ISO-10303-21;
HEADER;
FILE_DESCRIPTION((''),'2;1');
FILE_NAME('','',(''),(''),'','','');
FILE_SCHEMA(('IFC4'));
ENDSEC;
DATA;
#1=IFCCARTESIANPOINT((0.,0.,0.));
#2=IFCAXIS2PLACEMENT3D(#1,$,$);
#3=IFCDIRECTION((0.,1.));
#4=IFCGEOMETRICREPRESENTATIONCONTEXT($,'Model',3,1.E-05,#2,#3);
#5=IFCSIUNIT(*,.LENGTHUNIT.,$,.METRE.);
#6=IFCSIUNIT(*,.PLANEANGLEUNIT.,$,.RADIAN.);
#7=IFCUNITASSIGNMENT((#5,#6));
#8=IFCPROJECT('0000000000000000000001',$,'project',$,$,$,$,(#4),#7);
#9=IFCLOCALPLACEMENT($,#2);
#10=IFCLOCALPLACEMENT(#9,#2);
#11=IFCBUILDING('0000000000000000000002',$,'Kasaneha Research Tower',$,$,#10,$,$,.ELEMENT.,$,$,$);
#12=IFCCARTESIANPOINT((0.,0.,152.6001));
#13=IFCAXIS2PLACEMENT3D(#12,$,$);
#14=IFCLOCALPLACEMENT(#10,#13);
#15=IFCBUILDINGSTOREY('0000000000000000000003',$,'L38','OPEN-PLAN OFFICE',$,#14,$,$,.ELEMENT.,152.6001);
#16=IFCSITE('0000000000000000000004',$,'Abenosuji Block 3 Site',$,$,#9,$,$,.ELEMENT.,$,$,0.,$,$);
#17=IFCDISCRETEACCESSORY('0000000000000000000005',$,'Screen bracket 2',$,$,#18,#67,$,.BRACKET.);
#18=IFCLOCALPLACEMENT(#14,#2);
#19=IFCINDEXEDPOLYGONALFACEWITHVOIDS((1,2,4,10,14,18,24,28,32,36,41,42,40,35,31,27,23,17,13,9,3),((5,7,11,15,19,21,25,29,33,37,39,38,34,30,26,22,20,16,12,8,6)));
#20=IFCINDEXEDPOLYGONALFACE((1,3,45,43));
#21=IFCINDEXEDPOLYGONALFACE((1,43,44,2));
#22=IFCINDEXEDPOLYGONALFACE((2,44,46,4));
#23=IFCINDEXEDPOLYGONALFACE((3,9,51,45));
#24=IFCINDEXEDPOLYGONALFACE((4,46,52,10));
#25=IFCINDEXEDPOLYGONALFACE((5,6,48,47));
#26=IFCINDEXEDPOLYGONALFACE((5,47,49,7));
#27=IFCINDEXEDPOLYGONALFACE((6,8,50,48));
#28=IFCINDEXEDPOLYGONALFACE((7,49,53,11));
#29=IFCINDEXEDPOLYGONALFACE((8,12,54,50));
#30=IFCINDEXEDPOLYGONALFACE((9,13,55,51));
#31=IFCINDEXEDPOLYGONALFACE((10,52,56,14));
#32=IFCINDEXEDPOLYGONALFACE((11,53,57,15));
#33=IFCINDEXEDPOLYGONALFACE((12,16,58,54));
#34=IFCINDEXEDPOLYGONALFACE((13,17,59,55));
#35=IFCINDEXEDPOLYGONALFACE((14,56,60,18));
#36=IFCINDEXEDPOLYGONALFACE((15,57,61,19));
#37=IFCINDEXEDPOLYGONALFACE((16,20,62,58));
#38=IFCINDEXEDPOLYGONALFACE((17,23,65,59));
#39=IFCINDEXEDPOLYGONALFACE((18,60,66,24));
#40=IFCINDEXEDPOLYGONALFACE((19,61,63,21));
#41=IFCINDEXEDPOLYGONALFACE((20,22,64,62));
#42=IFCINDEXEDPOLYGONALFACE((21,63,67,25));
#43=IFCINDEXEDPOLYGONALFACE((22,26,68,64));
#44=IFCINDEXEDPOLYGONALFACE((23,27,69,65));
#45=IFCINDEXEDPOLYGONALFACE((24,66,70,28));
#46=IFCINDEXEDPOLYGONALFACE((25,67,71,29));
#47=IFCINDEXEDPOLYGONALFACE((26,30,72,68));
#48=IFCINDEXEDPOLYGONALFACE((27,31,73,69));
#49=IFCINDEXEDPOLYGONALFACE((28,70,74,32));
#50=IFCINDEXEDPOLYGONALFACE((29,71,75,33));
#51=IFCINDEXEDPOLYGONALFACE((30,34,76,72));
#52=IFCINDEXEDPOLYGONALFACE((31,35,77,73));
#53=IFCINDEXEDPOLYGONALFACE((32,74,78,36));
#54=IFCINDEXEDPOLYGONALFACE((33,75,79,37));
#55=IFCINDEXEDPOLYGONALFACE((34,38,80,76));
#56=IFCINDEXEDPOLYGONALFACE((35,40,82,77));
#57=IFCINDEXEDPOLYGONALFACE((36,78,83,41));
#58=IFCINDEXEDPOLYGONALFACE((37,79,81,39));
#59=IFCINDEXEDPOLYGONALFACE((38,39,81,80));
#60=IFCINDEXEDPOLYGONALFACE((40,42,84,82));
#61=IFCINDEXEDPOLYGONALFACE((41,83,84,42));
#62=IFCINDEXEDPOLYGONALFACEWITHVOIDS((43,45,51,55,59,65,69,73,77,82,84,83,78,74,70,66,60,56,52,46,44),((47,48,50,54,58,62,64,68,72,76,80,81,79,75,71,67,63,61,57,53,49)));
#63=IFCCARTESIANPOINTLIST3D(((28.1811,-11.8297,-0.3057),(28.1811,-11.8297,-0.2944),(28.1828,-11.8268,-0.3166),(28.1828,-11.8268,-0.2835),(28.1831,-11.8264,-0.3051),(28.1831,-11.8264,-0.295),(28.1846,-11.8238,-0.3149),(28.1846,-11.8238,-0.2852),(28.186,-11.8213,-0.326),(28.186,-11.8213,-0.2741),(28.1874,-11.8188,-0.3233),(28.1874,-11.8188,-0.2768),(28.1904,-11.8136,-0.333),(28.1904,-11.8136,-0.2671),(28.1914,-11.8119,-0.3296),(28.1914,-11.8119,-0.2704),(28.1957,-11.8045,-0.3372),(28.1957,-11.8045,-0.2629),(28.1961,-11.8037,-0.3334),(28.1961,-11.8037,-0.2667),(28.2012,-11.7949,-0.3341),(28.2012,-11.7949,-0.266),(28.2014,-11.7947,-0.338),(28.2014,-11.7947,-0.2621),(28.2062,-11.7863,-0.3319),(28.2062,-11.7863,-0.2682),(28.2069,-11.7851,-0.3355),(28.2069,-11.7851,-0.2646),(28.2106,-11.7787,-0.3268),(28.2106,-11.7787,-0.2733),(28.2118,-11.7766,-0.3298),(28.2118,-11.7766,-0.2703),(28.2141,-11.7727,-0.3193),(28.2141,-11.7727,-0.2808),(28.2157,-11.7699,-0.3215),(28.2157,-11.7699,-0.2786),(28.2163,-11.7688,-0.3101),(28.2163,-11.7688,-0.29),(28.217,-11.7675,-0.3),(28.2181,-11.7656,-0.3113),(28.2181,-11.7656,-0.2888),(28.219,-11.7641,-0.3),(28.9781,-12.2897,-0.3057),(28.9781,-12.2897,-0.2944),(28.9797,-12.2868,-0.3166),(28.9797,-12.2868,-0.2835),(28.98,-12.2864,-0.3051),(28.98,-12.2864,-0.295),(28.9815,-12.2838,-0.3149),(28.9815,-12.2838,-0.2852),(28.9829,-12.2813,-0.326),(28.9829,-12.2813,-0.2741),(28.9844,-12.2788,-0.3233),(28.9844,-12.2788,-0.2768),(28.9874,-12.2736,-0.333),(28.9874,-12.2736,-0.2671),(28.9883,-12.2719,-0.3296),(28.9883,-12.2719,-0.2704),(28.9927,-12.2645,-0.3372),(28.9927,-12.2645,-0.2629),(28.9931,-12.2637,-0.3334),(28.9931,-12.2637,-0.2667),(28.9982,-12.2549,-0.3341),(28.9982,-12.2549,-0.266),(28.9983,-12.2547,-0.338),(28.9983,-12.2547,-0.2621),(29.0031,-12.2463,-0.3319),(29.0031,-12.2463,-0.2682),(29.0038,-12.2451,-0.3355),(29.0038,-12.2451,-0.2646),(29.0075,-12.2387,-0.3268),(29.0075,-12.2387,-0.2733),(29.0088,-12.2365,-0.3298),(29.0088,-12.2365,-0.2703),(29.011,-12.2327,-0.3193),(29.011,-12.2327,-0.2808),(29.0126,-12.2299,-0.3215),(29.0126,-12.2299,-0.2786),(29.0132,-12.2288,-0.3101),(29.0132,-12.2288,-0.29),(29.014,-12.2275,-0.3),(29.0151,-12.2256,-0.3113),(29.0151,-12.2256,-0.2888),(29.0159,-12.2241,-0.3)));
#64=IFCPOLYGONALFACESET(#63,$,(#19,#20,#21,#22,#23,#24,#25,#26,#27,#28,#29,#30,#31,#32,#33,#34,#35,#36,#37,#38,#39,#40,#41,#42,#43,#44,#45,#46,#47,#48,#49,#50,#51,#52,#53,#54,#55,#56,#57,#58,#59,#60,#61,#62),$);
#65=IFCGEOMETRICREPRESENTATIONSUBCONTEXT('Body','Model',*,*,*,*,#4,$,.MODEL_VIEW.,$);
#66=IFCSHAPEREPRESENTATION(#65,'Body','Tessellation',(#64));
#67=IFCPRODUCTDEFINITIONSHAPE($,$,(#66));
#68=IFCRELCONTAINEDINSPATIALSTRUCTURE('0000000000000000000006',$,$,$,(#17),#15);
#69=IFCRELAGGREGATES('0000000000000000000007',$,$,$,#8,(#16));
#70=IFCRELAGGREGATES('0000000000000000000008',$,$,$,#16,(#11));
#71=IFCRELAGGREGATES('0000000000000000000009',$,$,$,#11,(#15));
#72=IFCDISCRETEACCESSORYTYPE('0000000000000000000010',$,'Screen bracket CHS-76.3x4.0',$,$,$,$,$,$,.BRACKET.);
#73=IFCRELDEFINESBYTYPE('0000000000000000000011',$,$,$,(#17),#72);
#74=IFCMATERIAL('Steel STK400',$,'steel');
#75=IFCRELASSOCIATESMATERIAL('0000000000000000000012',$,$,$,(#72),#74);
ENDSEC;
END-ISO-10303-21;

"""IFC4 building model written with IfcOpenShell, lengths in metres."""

from ifc_helpers import new_model, si_unit, direction, frame, origin, origin_2d, place, context, subcontext, project, spatial, hollow_circle, extrude, material, material_profile, profile_set, type_object, element, save


model = new_model("IFC4")

# Units and contexts
model_context = context("Model", 3, precision=1e-05, world=origin(), true_north=direction((0.0, 1.0)))
body_context = subcontext(model_context, "Body", "Model", "MODEL_VIEW")
ifc_project = project(units=[si_unit("LENGTHUNIT", "METRE"), si_unit("PLANEANGLEUNIT", "RADIAN")], contexts=[model_context])

# Site, building, storey
site_placement = place(None, origin())
site = spatial("IfcSite", under=ifc_project, at=site_placement, Name="Abenosuji Block 3 Site", CompositionType="ELEMENT", RefElevation=0.0)
building_placement = place(site_placement, origin())
building = spatial("IfcBuilding", under=site, at=building_placement, Name="Kasaneha Research Tower", CompositionType="ELEMENT")
storey_placement = place(building_placement, frame((0.0, 0.0, 152.6001)))
storey = spatial("IfcBuildingStorey", under=building, at=storey_placement, Name="L38", Description="OPEN-PLAN OFFICE", CompositionType="ELEMENT", Elevation=152.6001)

# Discrete accessory
ifc_material_1 = material(Name="Steel STK400", Category="steel")
ifc_material_profile_1 = material_profile(ifc_material_1, hollow_circle(Radius=0.0381, WallThickness=0.0039, at=origin_2d()), Name="CHS-76.3x4.0")
ifc_profile_set_1 = profile_set([ifc_material_profile_1], Name="Steel STK400")
discrete_accessory_type = type_object("IfcDiscreteAccessoryType", Name="Screen bracket CHS-76.3x4.0", PredefinedType="BRACKET", material=ifc_profile_set_1)
discrete_accessory_1_placement = place(storey_placement, frame((28.2, -11.7971, -0.3), z_axis=(0.86608, -0.499906, 0.0), x_axis=(0.499906, 0.86608, 0.0)))
element("IfcDiscreteAccessory", 1, at=discrete_accessory_1_placement, inside=storey, type_object=discrete_accessory_type, Name="Screen bracket 2", PredefinedType="BRACKET", context=body_context, shape_type="SweptSolid", body=[
    extrude(hollow_circle(Radius=0.0381, WallThickness=0.0039, at=origin_2d()), origin(), (0.0, 0.0, 1.0), 0.9202),
])

save(model, "model.ifc")
